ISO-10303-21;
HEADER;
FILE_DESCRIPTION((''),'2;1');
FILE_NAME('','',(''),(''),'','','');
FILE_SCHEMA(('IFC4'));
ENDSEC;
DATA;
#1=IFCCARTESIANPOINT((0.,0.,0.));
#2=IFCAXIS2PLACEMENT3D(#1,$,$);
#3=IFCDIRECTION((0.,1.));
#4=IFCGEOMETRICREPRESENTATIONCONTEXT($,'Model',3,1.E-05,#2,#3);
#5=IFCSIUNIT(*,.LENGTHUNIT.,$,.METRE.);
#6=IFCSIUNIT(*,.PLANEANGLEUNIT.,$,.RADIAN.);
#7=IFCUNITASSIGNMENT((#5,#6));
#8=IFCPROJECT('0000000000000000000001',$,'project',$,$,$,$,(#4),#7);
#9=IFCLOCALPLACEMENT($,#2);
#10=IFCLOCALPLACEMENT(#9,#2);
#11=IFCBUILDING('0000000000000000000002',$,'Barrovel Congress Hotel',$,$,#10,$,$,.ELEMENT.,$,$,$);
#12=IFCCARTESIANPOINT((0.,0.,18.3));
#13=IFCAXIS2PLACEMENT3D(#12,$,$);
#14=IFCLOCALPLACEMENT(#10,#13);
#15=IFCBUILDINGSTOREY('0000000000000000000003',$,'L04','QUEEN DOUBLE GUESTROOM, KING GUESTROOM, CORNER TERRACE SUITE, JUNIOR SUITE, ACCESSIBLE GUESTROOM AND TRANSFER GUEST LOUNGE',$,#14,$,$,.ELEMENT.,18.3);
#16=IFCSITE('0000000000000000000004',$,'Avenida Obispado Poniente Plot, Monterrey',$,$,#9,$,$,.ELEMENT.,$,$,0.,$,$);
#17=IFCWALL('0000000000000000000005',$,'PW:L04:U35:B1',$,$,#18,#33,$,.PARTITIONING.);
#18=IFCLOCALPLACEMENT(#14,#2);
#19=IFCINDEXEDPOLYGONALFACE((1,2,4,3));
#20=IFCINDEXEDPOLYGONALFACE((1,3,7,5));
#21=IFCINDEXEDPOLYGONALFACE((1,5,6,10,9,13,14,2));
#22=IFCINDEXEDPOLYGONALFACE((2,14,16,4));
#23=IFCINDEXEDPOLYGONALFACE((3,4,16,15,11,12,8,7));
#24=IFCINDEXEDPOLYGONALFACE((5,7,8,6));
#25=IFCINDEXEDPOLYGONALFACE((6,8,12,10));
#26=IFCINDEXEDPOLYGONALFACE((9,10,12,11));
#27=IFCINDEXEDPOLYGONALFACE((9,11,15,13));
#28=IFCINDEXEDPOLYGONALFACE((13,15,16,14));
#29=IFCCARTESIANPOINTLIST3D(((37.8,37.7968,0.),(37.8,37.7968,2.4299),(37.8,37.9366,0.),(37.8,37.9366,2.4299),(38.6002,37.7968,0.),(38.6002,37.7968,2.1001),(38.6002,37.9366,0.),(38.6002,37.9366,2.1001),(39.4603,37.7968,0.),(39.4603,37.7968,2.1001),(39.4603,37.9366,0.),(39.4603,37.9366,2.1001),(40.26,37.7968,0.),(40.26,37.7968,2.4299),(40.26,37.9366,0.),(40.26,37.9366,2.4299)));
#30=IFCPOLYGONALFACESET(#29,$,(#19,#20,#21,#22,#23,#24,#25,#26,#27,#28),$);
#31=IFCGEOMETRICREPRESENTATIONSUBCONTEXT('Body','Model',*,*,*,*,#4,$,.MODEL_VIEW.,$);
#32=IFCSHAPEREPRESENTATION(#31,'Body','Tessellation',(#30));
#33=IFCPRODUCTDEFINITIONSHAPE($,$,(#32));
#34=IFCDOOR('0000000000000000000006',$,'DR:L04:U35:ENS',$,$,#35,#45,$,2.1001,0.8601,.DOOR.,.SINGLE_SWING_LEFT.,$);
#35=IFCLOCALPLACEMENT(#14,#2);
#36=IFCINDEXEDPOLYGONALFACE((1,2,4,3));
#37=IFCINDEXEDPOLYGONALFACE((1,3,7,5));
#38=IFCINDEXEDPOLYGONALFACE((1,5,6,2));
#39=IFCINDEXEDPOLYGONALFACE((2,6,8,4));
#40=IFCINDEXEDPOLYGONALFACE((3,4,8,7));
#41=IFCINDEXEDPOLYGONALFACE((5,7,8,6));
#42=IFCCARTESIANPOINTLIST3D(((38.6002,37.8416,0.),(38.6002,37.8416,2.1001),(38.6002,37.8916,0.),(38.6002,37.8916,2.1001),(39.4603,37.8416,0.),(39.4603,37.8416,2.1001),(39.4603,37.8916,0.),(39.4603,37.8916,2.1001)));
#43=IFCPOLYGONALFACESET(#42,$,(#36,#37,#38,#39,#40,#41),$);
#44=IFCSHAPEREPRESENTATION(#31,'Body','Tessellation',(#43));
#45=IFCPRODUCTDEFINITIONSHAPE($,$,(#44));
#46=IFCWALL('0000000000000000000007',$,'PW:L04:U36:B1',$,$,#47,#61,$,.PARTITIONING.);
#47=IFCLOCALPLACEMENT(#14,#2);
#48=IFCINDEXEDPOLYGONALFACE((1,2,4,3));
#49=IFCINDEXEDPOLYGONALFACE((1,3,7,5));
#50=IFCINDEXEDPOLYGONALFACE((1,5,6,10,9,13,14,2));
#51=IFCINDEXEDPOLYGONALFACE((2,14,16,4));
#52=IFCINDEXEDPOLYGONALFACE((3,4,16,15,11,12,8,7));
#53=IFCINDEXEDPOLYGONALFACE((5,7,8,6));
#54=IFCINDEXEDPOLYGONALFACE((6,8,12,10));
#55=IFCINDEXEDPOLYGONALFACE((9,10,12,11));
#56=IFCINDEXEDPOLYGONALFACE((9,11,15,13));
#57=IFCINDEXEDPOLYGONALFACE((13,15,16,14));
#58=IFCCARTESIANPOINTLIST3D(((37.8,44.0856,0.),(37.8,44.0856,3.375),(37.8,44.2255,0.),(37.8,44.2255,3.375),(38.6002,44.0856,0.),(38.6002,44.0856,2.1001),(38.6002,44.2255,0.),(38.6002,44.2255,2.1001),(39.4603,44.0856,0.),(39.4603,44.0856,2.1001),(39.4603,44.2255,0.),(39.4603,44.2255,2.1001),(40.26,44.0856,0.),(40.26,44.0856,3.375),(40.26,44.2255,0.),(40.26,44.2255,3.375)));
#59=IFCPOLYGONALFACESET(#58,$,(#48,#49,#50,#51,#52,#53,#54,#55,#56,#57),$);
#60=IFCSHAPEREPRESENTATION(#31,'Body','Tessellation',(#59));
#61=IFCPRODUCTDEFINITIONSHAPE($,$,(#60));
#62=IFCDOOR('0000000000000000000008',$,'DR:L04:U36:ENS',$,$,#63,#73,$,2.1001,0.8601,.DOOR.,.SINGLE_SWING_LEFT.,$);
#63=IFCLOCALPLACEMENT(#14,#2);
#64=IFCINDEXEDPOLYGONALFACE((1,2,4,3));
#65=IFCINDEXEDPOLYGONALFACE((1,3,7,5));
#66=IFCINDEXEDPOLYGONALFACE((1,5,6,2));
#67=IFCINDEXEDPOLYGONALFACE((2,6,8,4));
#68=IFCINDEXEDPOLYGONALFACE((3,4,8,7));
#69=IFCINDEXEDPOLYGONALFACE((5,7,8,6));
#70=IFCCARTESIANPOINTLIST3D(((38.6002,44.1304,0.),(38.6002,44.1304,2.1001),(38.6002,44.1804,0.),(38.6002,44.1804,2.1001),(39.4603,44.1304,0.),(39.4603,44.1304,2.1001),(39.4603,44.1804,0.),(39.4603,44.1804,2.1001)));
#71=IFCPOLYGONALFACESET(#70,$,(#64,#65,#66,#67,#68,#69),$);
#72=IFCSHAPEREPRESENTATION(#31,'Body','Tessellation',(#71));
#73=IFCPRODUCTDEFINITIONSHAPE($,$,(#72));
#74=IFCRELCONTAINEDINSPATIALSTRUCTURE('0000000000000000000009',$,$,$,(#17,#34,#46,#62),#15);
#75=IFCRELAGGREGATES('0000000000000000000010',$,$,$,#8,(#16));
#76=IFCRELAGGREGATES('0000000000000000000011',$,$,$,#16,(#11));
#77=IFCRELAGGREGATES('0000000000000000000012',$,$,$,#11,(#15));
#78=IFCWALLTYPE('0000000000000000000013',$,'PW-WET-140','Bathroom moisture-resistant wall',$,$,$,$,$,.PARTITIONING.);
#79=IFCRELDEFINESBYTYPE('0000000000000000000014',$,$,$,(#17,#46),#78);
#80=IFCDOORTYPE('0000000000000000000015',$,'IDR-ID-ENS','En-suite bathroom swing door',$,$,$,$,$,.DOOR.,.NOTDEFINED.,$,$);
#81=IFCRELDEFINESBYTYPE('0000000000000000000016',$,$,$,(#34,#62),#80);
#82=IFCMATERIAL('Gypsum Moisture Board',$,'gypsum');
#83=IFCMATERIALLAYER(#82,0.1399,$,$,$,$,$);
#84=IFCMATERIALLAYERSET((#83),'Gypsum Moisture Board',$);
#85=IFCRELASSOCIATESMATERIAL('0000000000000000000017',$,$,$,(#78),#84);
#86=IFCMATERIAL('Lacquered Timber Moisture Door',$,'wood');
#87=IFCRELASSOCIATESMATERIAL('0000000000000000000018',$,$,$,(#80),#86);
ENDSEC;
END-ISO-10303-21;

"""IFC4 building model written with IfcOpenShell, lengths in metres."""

from ifc_helpers import new_model, si_unit, direction, frame, frame_2d, origin, place, context, subcontext, project, spatial, rectangle, extrude, material, layer, layer_set, type_object, element, fill, save


model = new_model("IFC4")

# Units and contexts
model_context = context("Model", 3, precision=1e-05, world=origin(), true_north=direction((0.0, 1.0)))
body_context = subcontext(model_context, "Body", "Model", "MODEL_VIEW")
ifc_project = project(units=[si_unit("LENGTHUNIT", "METRE"), si_unit("PLANEANGLEUNIT", "RADIAN")], contexts=[model_context])

# Site, building, storey
site_placement = place(None, origin())
site = spatial("IfcSite", under=ifc_project, at=site_placement, Name="Avenida Obispado Poniente Plot, Monterrey", CompositionType="ELEMENT", RefElevation=0.0)
building_placement = place(site_placement, origin())
building = spatial("IfcBuilding", under=site, at=building_placement, Name="Barrovel Congress Hotel", CompositionType="ELEMENT")
storey_placement = place(building_placement, frame((0.0, 0.0, 18.3)))
storey = spatial("IfcBuildingStorey", under=building, at=storey_placement, Name="L04", Description="QUEEN DOUBLE GUESTROOM, KING GUESTROOM, CORNER TERRACE SUITE, JUNIOR SUITE, ACCESSIBLE GUESTROOM AND TRANSFER GUEST LOUNGE", CompositionType="ELEMENT", Elevation=18.3)

# Walls, openings, doors
ifc_material_1 = material(Name="Gypsum Moisture Board", Category="gypsum")
ifc_layer_1 = layer(ifc_material_1, 0.1399)
ifc_layer_set_1 = layer_set([ifc_layer_1], Name="Gypsum Moisture Board")
wall_type_1 = type_object("IfcWallType", Name="PW-WET-140", Description="Bathroom moisture-resistant wall", PredefinedType="PARTITIONING", material=ifc_layer_set_1)
wall_1_placement = place(storey_placement, frame((37.8, 37.8667, 0.0), z_axis=(0.0, 0.0, 1.0), x_axis=(1.0, 0.0, 0.0)))
wall_1 = element("IfcWall", 1, at=wall_1_placement, inside=storey, type_object=wall_type_1, Name="PW:L04:U35:B1", PredefinedType="PARTITIONING", context=body_context, shape_type="SweptSolid", body=[
    extrude(rectangle(XDim=2.46, YDim=0.1399, at=frame_2d((1.23, 0.0))), origin(), (0.0, 0.0, 1.0), 2.4299),
])
opening_1_placement = place(wall_1_placement, frame((0.8, 0.0, 0.0)))
opening_1 = element("IfcOpeningElement", 2, at=opening_1_placement, cuts=wall_1, PredefinedType="OPENING", context=body_context, shape_type="SweptSolid", body=[
    extrude(rectangle(XDim=0.8601, YDim=2.1001, at=frame_2d((0.4302, 1.05))), frame((0.0, 0.0801, 0.0), z_axis=(0.0, -1.0, 0.0), x_axis=(1.0, 0.0, 0.0)), (0.0, 0.0, 1.0), 0.1599),
])
ifc_material_2 = material(Name="Lacquered Timber Moisture Door", Category="wood")
door_type_1 = type_object("IfcDoorType", Name="IDR-ID-ENS", Description="En-suite bathroom swing door", OperationType="NOTDEFINED", PredefinedType="DOOR", material=ifc_material_2)
door_1_placement = place(opening_1_placement, origin())
door_1 = element("IfcDoor", 3, at=door_1_placement, inside=storey, type_object=door_type_1, Name="DR:L04:U35:ENS", OperationType="SINGLE_SWING_LEFT", OverallHeight=2.1001, OverallWidth=0.8601, PredefinedType="DOOR", context=body_context, shape_type="SweptSolid", body=[
    extrude(rectangle(XDim=0.8601, YDim=2.1001, at=frame_2d((0.4302, 1.05))), frame((0.0, 0.0249, 0.0), z_axis=(0.0, -1.0, 0.0), x_axis=(1.0, 0.0, 0.0)), (0.0, 0.0, 1.0), 0.05),
])
fill(opening_1, door_1)
wall_2_placement = place(storey_placement, frame((37.8, 44.1555, 0.0), z_axis=(0.0, 0.0, 1.0), x_axis=(1.0, 0.0, 0.0)))
wall_2 = element("IfcWall", 4, at=wall_2_placement, inside=storey, type_object=wall_type_1, Name="PW:L04:U36:B1", PredefinedType="PARTITIONING", context=body_context, shape_type="SweptSolid", body=[
    extrude(rectangle(XDim=2.46, YDim=0.1399, at=frame_2d((1.23, 0.0))), origin(), (0.0, 0.0, 1.0), 3.375),
])
opening_2_placement = place(wall_2_placement, frame((0.8, 0.0, 0.0)))
opening_2 = element("IfcOpeningElement", 5, at=opening_2_placement, cuts=wall_2, PredefinedType="OPENING", context=body_context, shape_type="SweptSolid", body=[
    extrude(rectangle(XDim=0.8601, YDim=2.1001, at=frame_2d((0.4302, 1.05))), frame((0.0, 0.0801, 0.0), z_axis=(0.0, -1.0, 0.0), x_axis=(1.0, 0.0, 0.0)), (0.0, 0.0, 1.0), 0.1599),
])
door_2_placement = place(opening_2_placement, origin())
door_2 = element("IfcDoor", 6, at=door_2_placement, inside=storey, type_object=door_type_1, Name="DR:L04:U36:ENS", OperationType="SINGLE_SWING_LEFT", OverallHeight=2.1001, OverallWidth=0.8601, PredefinedType="DOOR", context=body_context, shape_type="SweptSolid", body=[
    extrude(rectangle(XDim=0.8601, YDim=2.1001, at=frame_2d((0.4302, 1.05))), frame((0.0, 0.0249, 0.0), z_axis=(0.0, -1.0, 0.0), x_axis=(1.0, 0.0, 0.0)), (0.0, 0.0, 1.0), 0.05),
])
fill(opening_2, door_2)

save(model, "model.ifc")
